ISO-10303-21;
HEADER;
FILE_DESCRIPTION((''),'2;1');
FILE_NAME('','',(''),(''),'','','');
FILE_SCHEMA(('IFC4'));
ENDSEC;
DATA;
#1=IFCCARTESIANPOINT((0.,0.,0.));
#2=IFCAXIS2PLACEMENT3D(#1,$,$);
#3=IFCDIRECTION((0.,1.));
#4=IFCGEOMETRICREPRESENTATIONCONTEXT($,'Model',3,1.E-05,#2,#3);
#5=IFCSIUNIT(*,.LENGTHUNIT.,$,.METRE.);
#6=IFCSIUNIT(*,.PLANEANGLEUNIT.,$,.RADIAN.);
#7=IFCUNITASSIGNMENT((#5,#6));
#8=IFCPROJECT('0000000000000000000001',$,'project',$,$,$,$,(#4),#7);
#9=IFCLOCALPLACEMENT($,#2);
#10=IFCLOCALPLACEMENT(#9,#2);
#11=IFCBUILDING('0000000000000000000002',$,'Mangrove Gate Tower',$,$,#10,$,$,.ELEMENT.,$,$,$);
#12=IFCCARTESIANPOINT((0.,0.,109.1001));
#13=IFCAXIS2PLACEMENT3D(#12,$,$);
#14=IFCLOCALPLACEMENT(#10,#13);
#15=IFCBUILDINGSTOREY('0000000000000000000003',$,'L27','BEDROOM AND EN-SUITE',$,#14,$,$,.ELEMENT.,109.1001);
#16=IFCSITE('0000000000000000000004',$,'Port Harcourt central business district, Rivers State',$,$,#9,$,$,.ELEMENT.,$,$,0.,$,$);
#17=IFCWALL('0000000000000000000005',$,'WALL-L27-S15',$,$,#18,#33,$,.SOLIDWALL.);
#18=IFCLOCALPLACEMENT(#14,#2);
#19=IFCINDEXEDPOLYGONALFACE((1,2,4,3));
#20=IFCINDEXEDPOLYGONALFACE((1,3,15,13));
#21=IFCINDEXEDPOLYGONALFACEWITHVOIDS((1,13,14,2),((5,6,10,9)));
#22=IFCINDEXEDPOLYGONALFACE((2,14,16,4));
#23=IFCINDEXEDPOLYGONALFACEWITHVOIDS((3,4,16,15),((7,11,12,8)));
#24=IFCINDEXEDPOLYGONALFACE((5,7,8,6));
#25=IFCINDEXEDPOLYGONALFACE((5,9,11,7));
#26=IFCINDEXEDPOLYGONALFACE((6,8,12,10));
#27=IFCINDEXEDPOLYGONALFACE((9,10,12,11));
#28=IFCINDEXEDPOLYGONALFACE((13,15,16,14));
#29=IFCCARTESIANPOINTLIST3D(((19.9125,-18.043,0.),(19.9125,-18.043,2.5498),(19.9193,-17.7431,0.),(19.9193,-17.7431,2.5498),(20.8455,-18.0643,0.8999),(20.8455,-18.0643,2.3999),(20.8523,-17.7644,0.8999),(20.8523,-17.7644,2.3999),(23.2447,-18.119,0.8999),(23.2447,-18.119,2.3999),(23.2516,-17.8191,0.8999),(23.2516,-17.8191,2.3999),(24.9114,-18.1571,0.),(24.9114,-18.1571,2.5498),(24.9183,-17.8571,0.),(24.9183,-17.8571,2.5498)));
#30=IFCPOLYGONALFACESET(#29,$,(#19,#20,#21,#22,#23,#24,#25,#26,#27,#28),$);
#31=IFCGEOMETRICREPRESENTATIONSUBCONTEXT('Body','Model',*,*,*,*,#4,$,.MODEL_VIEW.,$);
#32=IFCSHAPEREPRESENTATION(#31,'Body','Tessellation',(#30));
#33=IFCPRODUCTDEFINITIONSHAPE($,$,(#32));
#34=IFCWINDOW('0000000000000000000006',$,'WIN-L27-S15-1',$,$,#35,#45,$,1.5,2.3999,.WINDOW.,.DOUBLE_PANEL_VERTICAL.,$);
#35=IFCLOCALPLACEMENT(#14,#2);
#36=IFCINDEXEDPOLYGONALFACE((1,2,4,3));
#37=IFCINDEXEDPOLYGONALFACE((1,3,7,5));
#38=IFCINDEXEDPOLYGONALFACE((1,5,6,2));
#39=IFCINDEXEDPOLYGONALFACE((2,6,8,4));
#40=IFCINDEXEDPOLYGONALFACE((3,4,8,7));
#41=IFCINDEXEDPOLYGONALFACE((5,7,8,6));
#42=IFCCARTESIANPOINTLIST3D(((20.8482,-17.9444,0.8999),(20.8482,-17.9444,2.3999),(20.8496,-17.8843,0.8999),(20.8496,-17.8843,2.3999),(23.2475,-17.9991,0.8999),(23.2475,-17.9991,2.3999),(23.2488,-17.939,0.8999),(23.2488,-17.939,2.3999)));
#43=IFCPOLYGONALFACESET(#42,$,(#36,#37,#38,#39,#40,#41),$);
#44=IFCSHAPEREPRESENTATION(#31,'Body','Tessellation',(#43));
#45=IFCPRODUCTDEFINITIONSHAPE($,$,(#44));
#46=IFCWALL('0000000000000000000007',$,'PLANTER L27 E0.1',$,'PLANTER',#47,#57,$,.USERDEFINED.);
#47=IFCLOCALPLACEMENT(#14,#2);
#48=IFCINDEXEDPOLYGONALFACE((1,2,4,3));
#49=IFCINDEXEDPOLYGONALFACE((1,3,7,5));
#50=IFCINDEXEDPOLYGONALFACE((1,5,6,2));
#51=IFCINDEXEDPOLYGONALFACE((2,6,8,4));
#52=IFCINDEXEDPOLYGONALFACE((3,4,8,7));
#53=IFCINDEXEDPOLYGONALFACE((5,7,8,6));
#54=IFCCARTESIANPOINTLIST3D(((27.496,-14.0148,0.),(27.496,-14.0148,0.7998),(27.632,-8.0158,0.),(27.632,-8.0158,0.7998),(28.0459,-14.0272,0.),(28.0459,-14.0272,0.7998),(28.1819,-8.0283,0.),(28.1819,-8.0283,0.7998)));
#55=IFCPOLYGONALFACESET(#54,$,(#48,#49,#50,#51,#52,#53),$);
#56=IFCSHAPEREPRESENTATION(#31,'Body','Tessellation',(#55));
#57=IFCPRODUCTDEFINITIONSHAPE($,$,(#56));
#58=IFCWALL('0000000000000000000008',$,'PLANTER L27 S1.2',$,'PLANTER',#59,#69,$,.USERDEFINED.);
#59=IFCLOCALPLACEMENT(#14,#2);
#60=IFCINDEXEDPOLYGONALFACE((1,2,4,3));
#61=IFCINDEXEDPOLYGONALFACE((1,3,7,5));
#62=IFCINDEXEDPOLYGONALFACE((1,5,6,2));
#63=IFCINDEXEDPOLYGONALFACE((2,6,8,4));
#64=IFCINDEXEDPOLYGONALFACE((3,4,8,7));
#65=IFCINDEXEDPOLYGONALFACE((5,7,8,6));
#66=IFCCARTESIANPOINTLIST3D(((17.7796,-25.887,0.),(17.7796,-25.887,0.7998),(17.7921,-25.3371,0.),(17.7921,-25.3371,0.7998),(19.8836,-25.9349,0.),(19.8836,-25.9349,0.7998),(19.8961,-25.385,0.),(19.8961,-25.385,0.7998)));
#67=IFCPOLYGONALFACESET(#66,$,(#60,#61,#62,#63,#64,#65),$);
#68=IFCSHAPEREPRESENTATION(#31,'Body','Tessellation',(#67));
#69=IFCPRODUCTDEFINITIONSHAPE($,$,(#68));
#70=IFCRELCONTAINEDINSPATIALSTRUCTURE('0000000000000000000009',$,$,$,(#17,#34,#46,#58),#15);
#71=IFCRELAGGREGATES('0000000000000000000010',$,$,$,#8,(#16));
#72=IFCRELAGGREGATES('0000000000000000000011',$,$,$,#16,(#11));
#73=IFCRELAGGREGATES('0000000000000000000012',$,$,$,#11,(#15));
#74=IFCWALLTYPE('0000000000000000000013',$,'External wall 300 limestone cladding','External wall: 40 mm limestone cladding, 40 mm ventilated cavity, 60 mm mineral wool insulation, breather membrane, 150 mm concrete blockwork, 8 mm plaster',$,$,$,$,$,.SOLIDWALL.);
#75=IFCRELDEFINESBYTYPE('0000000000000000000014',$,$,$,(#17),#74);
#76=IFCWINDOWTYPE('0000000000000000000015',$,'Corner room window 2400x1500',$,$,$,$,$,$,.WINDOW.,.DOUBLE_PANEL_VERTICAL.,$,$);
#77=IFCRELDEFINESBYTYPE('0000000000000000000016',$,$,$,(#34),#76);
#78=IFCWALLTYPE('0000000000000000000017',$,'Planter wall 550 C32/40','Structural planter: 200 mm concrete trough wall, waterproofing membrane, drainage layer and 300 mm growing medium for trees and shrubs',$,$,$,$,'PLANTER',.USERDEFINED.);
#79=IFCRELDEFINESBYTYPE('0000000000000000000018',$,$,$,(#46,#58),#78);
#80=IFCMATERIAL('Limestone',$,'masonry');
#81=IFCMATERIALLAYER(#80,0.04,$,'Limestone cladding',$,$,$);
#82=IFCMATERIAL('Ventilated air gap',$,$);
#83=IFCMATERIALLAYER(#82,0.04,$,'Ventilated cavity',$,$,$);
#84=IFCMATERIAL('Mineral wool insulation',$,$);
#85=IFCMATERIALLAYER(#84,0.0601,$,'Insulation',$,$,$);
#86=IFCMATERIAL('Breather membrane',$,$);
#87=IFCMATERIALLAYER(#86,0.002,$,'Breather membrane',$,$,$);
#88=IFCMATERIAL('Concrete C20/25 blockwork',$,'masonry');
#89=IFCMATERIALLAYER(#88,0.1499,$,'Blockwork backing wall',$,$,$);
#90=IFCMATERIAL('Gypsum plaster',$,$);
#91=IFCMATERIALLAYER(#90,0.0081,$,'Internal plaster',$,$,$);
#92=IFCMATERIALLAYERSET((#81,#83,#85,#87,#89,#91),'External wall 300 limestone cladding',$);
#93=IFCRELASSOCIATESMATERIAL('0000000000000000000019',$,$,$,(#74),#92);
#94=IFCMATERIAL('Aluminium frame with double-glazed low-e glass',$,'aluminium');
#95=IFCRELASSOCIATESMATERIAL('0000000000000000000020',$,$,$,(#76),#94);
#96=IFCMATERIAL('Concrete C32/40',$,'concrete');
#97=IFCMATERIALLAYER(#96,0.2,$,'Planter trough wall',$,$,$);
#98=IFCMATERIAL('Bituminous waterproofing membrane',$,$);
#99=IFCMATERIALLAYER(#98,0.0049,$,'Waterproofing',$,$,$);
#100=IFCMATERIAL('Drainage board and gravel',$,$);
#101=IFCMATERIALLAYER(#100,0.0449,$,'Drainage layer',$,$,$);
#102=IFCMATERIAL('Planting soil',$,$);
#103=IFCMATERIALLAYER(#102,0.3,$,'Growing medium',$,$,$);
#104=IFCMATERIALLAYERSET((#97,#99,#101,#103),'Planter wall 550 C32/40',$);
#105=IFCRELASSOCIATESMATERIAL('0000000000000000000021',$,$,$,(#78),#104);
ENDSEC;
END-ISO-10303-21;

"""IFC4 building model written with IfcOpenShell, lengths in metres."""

from ifc_helpers import new_model, si_unit, direction, frame, frame_2d, origin, place, context, subcontext, project, spatial, rectangle, extrude, material, layer, layer_set, type_object, element, fill, save


model = new_model("IFC4")

# Units and contexts
model_context = context("Model", 3, precision=1e-05, world=origin(), true_north=direction((0.0, 1.0)))
body_context = subcontext(model_context, "Body", "Model", "MODEL_VIEW")
ifc_project = project(units=[si_unit("LENGTHUNIT", "METRE"), si_unit("PLANEANGLEUNIT", "RADIAN")], contexts=[model_context])

# Site, building, storey
site_placement = place(None, origin())
site = spatial("IfcSite", under=ifc_project, at=site_placement, Name="Port Harcourt central business district, Rivers State", CompositionType="ELEMENT", RefElevation=0.0)
building_placement = place(site_placement, origin())
building = spatial("IfcBuilding", under=site, at=building_placement, Name="Mangrove Gate Tower", CompositionType="ELEMENT")
storey_placement = place(building_placement, frame((0.0, 0.0, 109.1001)))
storey = spatial("IfcBuildingStorey", under=building, at=storey_placement, Name="L27", Description="BEDROOM AND EN-SUITE", CompositionType="ELEMENT", Elevation=109.1001)

# Shared definitions
ifc_material_1 = material(Name="Limestone", Category="masonry")
ifc_layer_1 = layer(ifc_material_1, 0.04, Name="Limestone cladding")
ifc_material_2 = material(Name="Ventilated air gap")
ifc_layer_2 = layer(ifc_material_2, 0.04, Name="Ventilated cavity")
ifc_material_3 = material(Name="Mineral wool insulation")
ifc_layer_3 = layer(ifc_material_3, 0.0601, Name="Insulation")
ifc_material_4 = material(Name="Breather membrane")
ifc_layer_4 = layer(ifc_material_4, 0.002, Name="Breather membrane")
ifc_material_5 = material(Name="Concrete C20/25 blockwork", Category="masonry")
ifc_layer_5 = layer(ifc_material_5, 0.1499, Name="Blockwork backing wall")
ifc_material_6 = material(Name="Gypsum plaster")
ifc_layer_6 = layer(ifc_material_6, 0.0081, Name="Internal plaster")
ifc_layer_set_1 = layer_set([ifc_layer_1, ifc_layer_2, ifc_layer_3, ifc_layer_4, ifc_layer_5, ifc_layer_6], Name="External wall 300 limestone cladding")
wall_type_1 = type_object("IfcWallType", Name="External wall 300 limestone cladding", Description="External wall: 40 mm limestone cladding, 40 mm ventilated cavity, 60 mm mineral wool insulation, breather membrane, 150 mm concrete blockwork, 8 mm plaster", PredefinedType="SOLIDWALL", material=ifc_layer_set_1)
ifc_material_7 = material(Name="Aluminium frame with double-glazed low-e glass", Category="aluminium")
window_type = type_object("IfcWindowType", Name="Corner room window 2400x1500", PartitioningType="DOUBLE_PANEL_VERTICAL", PredefinedType="WINDOW", material=ifc_material_7)

# Wall, opening, window
wall_1_placement = place(storey_placement, frame((19.916, -17.8931, 0.0), z_axis=(0.0, 0.0, 1.0), x_axis=(0.99974, -0.022801, 0.0)))
wall_1 = element("IfcWall", 1, at=wall_1_placement, inside=storey, type_object=wall_type_1, Name="WALL-L27-S15", PredefinedType="SOLIDWALL", context=body_context, shape_type="SweptSolid", body=[
    extrude(rectangle(XDim=5.0002, YDim=0.3, at=frame_2d((2.5, 0.0))), origin(), (0.0, 0.0, 1.0), 2.5498),
])
opening_1_placement = place(wall_1_placement, frame((0.9331, 0.0, 0.8999)))
opening_1 = element("IfcOpeningElement", 2, at=opening_1_placement, cuts=wall_1, PredefinedType="OPENING", context=body_context, shape_type="SweptSolid", body=[
    extrude(rectangle(XDim=2.3999, YDim=1.5, at=frame_2d((1.2, 0.75))), frame((0.0, 0.1599, 0.0), z_axis=(0.0, -1.0, 0.0), x_axis=(1.0, 0.0, 0.0)), (0.0, 0.0, 1.0), 0.3201),
])
window_1_placement = place(opening_1_placement, origin())
window_1 = element("IfcWindow", 3, at=window_1_placement, inside=storey, type_object=window_type, Name="WIN-L27-S15-1", OverallHeight=1.5, OverallWidth=2.3999, PartitioningType="DOUBLE_PANEL_VERTICAL", PredefinedType="WINDOW", context=body_context, shape_type="SweptSolid", body=[
    extrude(rectangle(XDim=2.3999, YDim=1.5, at=frame_2d((1.2, 0.75))), frame((0.0, 0.03, 0.0), z_axis=(0.0, -1.0, 0.0), x_axis=(1.0, 0.0, 0.0)), (0.0, 0.0, 1.0), 0.0601),
])
fill(opening_1, window_1)

# Walls
ifc_material_8 = material(Name="Concrete C32/40", Category="concrete")
ifc_layer_7 = layer(ifc_material_8, 0.2, Name="Planter trough wall")
ifc_material_9 = material(Name="Bituminous waterproofing membrane")
ifc_layer_8 = layer(ifc_material_9, 0.0049, Name="Waterproofing")
ifc_material_10 = material(Name="Drainage board and gravel")
ifc_layer_9 = layer(ifc_material_10, 0.0449, Name="Drainage layer")
ifc_material_11 = material(Name="Planting soil")
ifc_layer_10 = layer(ifc_material_11, 0.3, Name="Growing medium")
ifc_layer_set_2 = layer_set([ifc_layer_7, ifc_layer_8, ifc_layer_9, ifc_layer_10], Name="Planter wall 550 C32/40")
wall_type_2 = type_object("IfcWallType", Name="Planter wall 550 C32/40", Description="Structural planter: 200 mm concrete trough wall, waterproofing membrane, drainage layer and 300 mm growing medium for trees and shrubs", ElementType="PLANTER", PredefinedType="USERDEFINED", material=ifc_layer_set_2)
wall_2_placement = place(storey_placement, frame((27.771, -14.021, 0.0), z_axis=(0.0, 0.0, 1.0), x_axis=(0.022662, 0.999743, 0.0)))
element("IfcWall", 4, at=wall_2_placement, inside=storey, type_object=wall_type_2, Name="PLANTER L27 E0.1", ObjectType="PLANTER", PredefinedType="USERDEFINED", context=body_context, shape_type="SweptSolid", body=[
    extrude(rectangle(XDim=6.0005, YDim=0.55, at=frame_2d((3.0002, 0.0))), origin(), (0.0, 0.0, 1.0), 0.7998),
])
wall_3_placement = place(storey_placement, frame((17.7859, -25.6121, 0.0), z_axis=(0.0, 0.0, 1.0), x_axis=(0.999741, -0.022737, 0.0)))
element("IfcWall", 5, at=wall_3_placement, inside=storey, type_object=wall_type_2, Name="PLANTER L27 S1.2", ObjectType="PLANTER", PredefinedType="USERDEFINED", context=body_context, shape_type="SweptSolid", body=[
    extrude(rectangle(XDim=2.1045, YDim=0.55, at=frame_2d((1.0522, 0.0))), origin(), (0.0, 0.0, 1.0), 0.7998),
])

save(model, "model.ifc")
